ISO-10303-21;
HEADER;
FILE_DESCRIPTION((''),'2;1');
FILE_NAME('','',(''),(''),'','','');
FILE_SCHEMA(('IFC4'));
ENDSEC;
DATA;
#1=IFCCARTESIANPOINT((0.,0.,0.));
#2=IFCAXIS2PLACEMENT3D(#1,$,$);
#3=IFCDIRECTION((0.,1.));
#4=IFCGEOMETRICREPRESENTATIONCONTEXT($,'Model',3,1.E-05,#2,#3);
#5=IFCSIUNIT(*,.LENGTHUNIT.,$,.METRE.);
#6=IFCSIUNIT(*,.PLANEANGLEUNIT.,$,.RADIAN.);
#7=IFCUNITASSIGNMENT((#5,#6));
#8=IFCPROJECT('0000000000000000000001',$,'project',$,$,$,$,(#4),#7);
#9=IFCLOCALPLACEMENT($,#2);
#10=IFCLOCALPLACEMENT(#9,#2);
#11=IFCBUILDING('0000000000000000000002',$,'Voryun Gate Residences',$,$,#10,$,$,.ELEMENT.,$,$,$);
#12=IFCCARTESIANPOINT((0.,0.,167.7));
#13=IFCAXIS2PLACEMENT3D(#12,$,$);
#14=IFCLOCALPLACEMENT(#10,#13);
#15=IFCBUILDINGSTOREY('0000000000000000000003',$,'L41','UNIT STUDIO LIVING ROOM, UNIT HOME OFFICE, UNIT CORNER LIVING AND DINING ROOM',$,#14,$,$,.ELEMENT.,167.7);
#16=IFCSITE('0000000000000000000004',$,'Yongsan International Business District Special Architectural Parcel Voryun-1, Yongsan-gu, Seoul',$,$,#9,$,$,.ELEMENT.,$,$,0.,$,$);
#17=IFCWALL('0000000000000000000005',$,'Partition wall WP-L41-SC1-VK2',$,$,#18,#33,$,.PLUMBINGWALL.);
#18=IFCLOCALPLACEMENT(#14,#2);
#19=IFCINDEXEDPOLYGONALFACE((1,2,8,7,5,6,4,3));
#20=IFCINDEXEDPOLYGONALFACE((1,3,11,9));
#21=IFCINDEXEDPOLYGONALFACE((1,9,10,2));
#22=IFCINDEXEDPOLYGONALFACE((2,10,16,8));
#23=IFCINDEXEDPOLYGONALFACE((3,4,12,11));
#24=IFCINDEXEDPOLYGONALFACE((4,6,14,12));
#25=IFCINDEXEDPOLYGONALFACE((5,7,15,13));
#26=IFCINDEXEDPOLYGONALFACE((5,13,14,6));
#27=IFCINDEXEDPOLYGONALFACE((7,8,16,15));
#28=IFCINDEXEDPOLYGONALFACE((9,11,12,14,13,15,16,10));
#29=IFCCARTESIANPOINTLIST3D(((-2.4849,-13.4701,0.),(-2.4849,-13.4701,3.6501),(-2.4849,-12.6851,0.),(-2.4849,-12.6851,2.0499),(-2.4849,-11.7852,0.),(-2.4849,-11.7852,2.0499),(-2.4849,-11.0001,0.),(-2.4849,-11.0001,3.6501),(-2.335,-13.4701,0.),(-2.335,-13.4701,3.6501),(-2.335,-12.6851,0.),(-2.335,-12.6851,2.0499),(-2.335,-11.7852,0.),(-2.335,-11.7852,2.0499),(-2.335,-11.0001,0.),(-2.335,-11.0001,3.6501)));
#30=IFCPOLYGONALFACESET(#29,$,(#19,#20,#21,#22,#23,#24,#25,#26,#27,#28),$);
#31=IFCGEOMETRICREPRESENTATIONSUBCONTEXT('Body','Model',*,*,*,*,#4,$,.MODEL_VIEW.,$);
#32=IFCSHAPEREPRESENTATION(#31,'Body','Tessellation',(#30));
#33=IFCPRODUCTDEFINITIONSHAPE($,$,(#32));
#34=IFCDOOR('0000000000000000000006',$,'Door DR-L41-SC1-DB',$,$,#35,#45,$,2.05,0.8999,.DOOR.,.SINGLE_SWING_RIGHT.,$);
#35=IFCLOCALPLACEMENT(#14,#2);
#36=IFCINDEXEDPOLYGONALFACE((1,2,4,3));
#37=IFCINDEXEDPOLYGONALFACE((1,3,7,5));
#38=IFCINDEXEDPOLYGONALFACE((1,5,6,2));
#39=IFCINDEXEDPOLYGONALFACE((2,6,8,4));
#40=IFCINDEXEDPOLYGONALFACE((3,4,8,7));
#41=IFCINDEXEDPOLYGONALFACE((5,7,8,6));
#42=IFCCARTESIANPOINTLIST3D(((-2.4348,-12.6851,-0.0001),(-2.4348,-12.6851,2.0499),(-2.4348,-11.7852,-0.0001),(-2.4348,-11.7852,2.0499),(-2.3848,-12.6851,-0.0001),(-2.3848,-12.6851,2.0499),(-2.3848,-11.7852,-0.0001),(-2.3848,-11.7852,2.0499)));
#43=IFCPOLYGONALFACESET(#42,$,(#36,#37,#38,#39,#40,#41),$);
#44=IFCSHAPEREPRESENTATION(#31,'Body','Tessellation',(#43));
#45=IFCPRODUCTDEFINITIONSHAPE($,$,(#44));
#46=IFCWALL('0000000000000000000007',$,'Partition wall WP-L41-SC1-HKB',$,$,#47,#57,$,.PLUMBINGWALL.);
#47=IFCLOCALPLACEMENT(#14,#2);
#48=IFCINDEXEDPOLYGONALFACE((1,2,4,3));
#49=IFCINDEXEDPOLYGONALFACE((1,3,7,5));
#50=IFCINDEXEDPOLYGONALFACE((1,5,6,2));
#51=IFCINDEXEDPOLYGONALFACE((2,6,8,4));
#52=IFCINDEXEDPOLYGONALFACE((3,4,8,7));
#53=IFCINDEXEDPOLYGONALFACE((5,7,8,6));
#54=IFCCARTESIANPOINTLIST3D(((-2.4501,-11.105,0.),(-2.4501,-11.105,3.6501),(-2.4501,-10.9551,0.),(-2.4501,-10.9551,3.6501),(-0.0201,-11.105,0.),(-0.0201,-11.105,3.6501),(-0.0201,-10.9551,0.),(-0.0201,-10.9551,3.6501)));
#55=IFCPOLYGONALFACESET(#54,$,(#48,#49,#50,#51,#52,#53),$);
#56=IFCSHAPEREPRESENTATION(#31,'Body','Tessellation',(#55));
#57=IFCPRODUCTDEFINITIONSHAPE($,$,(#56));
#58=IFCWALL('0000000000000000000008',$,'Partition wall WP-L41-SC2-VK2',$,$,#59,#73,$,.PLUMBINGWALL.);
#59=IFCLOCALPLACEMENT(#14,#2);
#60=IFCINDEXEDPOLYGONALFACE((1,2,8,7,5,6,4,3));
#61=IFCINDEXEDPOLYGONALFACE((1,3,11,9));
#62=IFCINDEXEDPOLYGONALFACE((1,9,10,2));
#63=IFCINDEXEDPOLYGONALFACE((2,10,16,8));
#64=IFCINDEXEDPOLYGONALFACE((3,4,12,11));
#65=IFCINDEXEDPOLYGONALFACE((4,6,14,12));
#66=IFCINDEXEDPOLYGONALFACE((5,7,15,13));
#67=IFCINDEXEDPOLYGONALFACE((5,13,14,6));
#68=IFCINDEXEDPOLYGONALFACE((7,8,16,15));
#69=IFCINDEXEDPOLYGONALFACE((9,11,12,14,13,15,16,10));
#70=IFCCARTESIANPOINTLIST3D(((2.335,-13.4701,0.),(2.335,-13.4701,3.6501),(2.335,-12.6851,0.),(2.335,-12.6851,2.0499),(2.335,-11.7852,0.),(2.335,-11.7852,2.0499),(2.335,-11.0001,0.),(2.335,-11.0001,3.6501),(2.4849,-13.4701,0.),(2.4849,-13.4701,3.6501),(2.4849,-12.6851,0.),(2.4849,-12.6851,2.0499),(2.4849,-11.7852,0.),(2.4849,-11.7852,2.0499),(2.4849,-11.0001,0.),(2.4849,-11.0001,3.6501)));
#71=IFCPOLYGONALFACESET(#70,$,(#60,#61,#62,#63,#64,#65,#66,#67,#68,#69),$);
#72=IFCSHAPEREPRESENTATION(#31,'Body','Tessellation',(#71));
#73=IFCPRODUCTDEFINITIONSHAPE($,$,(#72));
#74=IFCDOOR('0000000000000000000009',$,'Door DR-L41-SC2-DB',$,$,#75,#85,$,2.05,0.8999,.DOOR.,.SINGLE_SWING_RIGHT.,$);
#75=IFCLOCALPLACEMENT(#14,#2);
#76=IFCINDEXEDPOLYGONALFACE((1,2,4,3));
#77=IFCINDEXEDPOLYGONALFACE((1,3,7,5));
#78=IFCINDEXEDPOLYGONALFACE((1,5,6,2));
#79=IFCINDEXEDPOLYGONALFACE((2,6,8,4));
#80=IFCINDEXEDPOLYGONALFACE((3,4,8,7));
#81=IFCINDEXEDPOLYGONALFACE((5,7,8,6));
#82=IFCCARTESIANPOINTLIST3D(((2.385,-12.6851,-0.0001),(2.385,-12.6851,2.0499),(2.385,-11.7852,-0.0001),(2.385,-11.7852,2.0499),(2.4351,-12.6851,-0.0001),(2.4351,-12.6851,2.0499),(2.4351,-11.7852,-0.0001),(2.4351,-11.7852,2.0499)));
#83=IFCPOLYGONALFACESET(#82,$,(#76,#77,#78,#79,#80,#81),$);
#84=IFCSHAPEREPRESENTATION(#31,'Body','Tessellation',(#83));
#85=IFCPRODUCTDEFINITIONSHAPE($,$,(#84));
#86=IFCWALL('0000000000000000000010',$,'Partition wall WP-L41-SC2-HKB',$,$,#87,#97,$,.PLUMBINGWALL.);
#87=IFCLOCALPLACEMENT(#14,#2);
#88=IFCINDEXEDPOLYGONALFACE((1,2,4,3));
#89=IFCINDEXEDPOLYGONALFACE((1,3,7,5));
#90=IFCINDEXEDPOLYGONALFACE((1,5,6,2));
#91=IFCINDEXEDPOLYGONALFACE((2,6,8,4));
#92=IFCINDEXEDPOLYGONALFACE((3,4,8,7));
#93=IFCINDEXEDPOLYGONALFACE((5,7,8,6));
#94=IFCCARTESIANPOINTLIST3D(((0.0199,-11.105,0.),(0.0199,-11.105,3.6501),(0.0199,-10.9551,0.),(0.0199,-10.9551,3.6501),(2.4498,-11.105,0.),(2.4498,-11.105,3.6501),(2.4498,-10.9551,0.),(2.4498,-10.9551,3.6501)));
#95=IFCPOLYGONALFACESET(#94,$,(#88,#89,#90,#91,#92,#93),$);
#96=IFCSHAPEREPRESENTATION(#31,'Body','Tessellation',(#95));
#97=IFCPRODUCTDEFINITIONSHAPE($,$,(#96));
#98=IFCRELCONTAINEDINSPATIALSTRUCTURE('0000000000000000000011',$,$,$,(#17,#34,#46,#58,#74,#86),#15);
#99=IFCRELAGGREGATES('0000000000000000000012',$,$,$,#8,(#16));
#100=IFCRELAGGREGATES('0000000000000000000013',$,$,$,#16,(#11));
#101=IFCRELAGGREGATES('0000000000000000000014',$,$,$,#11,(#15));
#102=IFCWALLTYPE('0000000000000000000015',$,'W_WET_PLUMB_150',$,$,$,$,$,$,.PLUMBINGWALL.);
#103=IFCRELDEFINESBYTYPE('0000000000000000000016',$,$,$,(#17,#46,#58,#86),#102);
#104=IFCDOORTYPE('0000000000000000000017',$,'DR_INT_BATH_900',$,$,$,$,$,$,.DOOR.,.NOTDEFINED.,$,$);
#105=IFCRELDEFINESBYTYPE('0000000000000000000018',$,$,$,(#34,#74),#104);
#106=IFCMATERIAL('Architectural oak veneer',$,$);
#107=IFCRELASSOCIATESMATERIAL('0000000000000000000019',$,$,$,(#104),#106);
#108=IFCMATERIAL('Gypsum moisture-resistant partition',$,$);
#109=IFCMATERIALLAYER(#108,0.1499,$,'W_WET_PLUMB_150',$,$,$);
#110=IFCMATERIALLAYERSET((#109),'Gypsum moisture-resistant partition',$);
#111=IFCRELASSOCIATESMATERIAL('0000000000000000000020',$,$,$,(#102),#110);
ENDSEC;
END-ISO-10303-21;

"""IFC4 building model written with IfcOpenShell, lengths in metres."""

from ifc_helpers import new_model, si_unit, direction, frame, frame_2d, origin, place, context, subcontext, project, spatial, rectangle, extrude, material, layer, layer_set, type_object, element, fill, save


model = new_model("IFC4")

# Units and contexts
model_context = context("Model", 3, precision=1e-05, world=origin(), true_north=direction((0.0, 1.0)))
body_context = subcontext(model_context, "Body", "Model", "MODEL_VIEW")
ifc_project = project(units=[si_unit("LENGTHUNIT", "METRE"), si_unit("PLANEANGLEUNIT", "RADIAN")], contexts=[model_context])

# Site, building, storey
site_placement = place(None, origin())
site = spatial("IfcSite", under=ifc_project, at=site_placement, Name="Yongsan International Business District Special Architectural Parcel Voryun-1, Yongsan-gu, Seoul", CompositionType="ELEMENT", RefElevation=0.0)
building_placement = place(site_placement, origin())
building = spatial("IfcBuilding", under=site, at=building_placement, Name="Voryun Gate Residences", CompositionType="ELEMENT")
storey_placement = place(building_placement, frame((0.0, 0.0, 167.7)))
storey = spatial("IfcBuildingStorey", under=building, at=storey_placement, Name="L41", Description="UNIT STUDIO LIVING ROOM, UNIT HOME OFFICE, UNIT CORNER LIVING AND DINING ROOM", CompositionType="ELEMENT", Elevation=167.7)

# Shared definitions
ifc_material_1 = material(Name="Architectural oak veneer")
door_type_1 = type_object("IfcDoorType", Name="DR_INT_BATH_900", OperationType="NOTDEFINED", PredefinedType="DOOR", material=ifc_material_1)

# Wall, opening, door
ifc_material_2 = material(Name="Gypsum moisture-resistant partition")
ifc_layer_1 = layer(ifc_material_2, 0.1499, Name="W_WET_PLUMB_150")
ifc_layer_set_1 = layer_set([ifc_layer_1], Name="Gypsum moisture-resistant partition")
wall_type_1 = type_object("IfcWallType", Name="W_WET_PLUMB_150", PredefinedType="PLUMBINGWALL", material=ifc_layer_set_1)
wall_1_placement = place(storey_placement, frame((-2.4099, -13.47, 0.0), z_axis=(0.0, 0.0, 1.0), x_axis=(0.0, 1.0, 0.0)))
wall_1 = element("IfcWall", 1, at=wall_1_placement, inside=storey, type_object=wall_type_1, Name="Partition wall WP-L41-SC1-VK2", PredefinedType="PLUMBINGWALL", context=body_context, shape_type="SweptSolid", body=[
    extrude(rectangle(XDim=2.47, YDim=0.1499, at=frame_2d((1.2349, 0.0))), origin(), (0.0, 0.0, 1.0), 3.6501),
])
opening_1_placement = place(wall_1_placement, frame((0.7849, 0.0, 0.0)))
opening_1 = element("IfcOpeningElement", 2, at=opening_1_placement, cuts=wall_1, PredefinedType="OPENING", context=body_context, shape_type="SweptSolid", body=[
    extrude(rectangle(XDim=0.8999, YDim=2.05, at=frame_2d((0.45, 1.0249))), frame((0.0, 0.085, 0.0), z_axis=(0.0, -1.0, 0.0), x_axis=(1.0, 0.0, 0.0)), (0.0, 0.0, 1.0), 0.1699),
])
door_1_placement = place(opening_1_placement, origin())
door_1 = element("IfcDoor", 3, at=door_1_placement, inside=storey, type_object=door_type_1, Name="Door DR-L41-SC1-DB", OperationType="SINGLE_SWING_RIGHT", OverallHeight=2.05, OverallWidth=0.8999, PredefinedType="DOOR", context=body_context, shape_type="SweptSolid", body=[
    extrude(rectangle(XDim=0.8999, YDim=2.05, at=frame_2d((0.45, 1.0249))), frame((0.0, 0.0249, 0.0), z_axis=(0.0, -1.0, 0.0), x_axis=(1.0, 0.0, 0.0)), (0.0, 0.0, 1.0), 0.05),
])
fill(opening_1, door_1)

# Wall
wall_2_placement = place(storey_placement, frame((-2.45, -11.03, 0.0), z_axis=(0.0, 0.0, 1.0), x_axis=(1.0, 0.0, 0.0)))
element("IfcWall", 4, at=wall_2_placement, inside=storey, type_object=wall_type_1, Name="Partition wall WP-L41-SC1-HKB", PredefinedType="PLUMBINGWALL", context=body_context, shape_type="SweptSolid", body=[
    extrude(rectangle(XDim=2.4299, YDim=0.1499, at=frame_2d((1.2148, 0.0))), origin(), (0.0, 0.0, 1.0), 3.6501),
])

# Wall, opening, door
wall_3_placement = place(storey_placement, frame((2.4099, -13.47, 0.0), z_axis=(0.0, 0.0, 1.0), x_axis=(0.0, 1.0, 0.0)))
wall_3 = element("IfcWall", 5, at=wall_3_placement, inside=storey, type_object=wall_type_1, Name="Partition wall WP-L41-SC2-VK2", PredefinedType="PLUMBINGWALL", context=body_context, shape_type="SweptSolid", body=[
    extrude(rectangle(XDim=2.47, YDim=0.1499, at=frame_2d((1.2349, 0.0))), origin(), (0.0, 0.0, 1.0), 3.6501),
])
opening_2_placement = place(wall_3_placement, frame((0.7849, 0.0, 0.0)))
opening_2 = element("IfcOpeningElement", 6, at=opening_2_placement, cuts=wall_3, PredefinedType="OPENING", context=body_context, shape_type="SweptSolid", body=[
    extrude(rectangle(XDim=0.8999, YDim=2.05, at=frame_2d((0.45, 1.0249))), frame((0.0, 0.085, 0.0), z_axis=(0.0, -1.0, 0.0), x_axis=(1.0, 0.0, 0.0)), (0.0, 0.0, 1.0), 0.1699),
])
door_2_placement = place(opening_2_placement, origin())
door_2 = element("IfcDoor", 7, at=door_2_placement, inside=storey, type_object=door_type_1, Name="Door DR-L41-SC2-DB", OperationType="SINGLE_SWING_RIGHT", OverallHeight=2.05, OverallWidth=0.8999, PredefinedType="DOOR", context=body_context, shape_type="SweptSolid", body=[
    extrude(rectangle(XDim=0.8999, YDim=2.05, at=frame_2d((0.45, 1.0249))), frame((0.0, 0.0249, 0.0), z_axis=(0.0, -1.0, 0.0), x_axis=(1.0, 0.0, 0.0)), (0.0, 0.0, 1.0), 0.05),
])
fill(opening_2, door_2)

# Wall
wall_4_placement = place(storey_placement, frame((0.02, -11.03, 0.0), z_axis=(0.0, 0.0, 1.0), x_axis=(1.0, 0.0, 0.0)))
element("IfcWall", 8, at=wall_4_placement, inside=storey, type_object=wall_type_1, Name="Partition wall WP-L41-SC2-HKB", PredefinedType="PLUMBINGWALL", context=body_context, shape_type="SweptSolid", body=[
    extrude(rectangle(XDim=2.4299, YDim=0.1499, at=frame_2d((1.2148, 0.0))), origin(), (0.0, 0.0, 1.0), 3.6501),
])

save(model, "model.ifc")
